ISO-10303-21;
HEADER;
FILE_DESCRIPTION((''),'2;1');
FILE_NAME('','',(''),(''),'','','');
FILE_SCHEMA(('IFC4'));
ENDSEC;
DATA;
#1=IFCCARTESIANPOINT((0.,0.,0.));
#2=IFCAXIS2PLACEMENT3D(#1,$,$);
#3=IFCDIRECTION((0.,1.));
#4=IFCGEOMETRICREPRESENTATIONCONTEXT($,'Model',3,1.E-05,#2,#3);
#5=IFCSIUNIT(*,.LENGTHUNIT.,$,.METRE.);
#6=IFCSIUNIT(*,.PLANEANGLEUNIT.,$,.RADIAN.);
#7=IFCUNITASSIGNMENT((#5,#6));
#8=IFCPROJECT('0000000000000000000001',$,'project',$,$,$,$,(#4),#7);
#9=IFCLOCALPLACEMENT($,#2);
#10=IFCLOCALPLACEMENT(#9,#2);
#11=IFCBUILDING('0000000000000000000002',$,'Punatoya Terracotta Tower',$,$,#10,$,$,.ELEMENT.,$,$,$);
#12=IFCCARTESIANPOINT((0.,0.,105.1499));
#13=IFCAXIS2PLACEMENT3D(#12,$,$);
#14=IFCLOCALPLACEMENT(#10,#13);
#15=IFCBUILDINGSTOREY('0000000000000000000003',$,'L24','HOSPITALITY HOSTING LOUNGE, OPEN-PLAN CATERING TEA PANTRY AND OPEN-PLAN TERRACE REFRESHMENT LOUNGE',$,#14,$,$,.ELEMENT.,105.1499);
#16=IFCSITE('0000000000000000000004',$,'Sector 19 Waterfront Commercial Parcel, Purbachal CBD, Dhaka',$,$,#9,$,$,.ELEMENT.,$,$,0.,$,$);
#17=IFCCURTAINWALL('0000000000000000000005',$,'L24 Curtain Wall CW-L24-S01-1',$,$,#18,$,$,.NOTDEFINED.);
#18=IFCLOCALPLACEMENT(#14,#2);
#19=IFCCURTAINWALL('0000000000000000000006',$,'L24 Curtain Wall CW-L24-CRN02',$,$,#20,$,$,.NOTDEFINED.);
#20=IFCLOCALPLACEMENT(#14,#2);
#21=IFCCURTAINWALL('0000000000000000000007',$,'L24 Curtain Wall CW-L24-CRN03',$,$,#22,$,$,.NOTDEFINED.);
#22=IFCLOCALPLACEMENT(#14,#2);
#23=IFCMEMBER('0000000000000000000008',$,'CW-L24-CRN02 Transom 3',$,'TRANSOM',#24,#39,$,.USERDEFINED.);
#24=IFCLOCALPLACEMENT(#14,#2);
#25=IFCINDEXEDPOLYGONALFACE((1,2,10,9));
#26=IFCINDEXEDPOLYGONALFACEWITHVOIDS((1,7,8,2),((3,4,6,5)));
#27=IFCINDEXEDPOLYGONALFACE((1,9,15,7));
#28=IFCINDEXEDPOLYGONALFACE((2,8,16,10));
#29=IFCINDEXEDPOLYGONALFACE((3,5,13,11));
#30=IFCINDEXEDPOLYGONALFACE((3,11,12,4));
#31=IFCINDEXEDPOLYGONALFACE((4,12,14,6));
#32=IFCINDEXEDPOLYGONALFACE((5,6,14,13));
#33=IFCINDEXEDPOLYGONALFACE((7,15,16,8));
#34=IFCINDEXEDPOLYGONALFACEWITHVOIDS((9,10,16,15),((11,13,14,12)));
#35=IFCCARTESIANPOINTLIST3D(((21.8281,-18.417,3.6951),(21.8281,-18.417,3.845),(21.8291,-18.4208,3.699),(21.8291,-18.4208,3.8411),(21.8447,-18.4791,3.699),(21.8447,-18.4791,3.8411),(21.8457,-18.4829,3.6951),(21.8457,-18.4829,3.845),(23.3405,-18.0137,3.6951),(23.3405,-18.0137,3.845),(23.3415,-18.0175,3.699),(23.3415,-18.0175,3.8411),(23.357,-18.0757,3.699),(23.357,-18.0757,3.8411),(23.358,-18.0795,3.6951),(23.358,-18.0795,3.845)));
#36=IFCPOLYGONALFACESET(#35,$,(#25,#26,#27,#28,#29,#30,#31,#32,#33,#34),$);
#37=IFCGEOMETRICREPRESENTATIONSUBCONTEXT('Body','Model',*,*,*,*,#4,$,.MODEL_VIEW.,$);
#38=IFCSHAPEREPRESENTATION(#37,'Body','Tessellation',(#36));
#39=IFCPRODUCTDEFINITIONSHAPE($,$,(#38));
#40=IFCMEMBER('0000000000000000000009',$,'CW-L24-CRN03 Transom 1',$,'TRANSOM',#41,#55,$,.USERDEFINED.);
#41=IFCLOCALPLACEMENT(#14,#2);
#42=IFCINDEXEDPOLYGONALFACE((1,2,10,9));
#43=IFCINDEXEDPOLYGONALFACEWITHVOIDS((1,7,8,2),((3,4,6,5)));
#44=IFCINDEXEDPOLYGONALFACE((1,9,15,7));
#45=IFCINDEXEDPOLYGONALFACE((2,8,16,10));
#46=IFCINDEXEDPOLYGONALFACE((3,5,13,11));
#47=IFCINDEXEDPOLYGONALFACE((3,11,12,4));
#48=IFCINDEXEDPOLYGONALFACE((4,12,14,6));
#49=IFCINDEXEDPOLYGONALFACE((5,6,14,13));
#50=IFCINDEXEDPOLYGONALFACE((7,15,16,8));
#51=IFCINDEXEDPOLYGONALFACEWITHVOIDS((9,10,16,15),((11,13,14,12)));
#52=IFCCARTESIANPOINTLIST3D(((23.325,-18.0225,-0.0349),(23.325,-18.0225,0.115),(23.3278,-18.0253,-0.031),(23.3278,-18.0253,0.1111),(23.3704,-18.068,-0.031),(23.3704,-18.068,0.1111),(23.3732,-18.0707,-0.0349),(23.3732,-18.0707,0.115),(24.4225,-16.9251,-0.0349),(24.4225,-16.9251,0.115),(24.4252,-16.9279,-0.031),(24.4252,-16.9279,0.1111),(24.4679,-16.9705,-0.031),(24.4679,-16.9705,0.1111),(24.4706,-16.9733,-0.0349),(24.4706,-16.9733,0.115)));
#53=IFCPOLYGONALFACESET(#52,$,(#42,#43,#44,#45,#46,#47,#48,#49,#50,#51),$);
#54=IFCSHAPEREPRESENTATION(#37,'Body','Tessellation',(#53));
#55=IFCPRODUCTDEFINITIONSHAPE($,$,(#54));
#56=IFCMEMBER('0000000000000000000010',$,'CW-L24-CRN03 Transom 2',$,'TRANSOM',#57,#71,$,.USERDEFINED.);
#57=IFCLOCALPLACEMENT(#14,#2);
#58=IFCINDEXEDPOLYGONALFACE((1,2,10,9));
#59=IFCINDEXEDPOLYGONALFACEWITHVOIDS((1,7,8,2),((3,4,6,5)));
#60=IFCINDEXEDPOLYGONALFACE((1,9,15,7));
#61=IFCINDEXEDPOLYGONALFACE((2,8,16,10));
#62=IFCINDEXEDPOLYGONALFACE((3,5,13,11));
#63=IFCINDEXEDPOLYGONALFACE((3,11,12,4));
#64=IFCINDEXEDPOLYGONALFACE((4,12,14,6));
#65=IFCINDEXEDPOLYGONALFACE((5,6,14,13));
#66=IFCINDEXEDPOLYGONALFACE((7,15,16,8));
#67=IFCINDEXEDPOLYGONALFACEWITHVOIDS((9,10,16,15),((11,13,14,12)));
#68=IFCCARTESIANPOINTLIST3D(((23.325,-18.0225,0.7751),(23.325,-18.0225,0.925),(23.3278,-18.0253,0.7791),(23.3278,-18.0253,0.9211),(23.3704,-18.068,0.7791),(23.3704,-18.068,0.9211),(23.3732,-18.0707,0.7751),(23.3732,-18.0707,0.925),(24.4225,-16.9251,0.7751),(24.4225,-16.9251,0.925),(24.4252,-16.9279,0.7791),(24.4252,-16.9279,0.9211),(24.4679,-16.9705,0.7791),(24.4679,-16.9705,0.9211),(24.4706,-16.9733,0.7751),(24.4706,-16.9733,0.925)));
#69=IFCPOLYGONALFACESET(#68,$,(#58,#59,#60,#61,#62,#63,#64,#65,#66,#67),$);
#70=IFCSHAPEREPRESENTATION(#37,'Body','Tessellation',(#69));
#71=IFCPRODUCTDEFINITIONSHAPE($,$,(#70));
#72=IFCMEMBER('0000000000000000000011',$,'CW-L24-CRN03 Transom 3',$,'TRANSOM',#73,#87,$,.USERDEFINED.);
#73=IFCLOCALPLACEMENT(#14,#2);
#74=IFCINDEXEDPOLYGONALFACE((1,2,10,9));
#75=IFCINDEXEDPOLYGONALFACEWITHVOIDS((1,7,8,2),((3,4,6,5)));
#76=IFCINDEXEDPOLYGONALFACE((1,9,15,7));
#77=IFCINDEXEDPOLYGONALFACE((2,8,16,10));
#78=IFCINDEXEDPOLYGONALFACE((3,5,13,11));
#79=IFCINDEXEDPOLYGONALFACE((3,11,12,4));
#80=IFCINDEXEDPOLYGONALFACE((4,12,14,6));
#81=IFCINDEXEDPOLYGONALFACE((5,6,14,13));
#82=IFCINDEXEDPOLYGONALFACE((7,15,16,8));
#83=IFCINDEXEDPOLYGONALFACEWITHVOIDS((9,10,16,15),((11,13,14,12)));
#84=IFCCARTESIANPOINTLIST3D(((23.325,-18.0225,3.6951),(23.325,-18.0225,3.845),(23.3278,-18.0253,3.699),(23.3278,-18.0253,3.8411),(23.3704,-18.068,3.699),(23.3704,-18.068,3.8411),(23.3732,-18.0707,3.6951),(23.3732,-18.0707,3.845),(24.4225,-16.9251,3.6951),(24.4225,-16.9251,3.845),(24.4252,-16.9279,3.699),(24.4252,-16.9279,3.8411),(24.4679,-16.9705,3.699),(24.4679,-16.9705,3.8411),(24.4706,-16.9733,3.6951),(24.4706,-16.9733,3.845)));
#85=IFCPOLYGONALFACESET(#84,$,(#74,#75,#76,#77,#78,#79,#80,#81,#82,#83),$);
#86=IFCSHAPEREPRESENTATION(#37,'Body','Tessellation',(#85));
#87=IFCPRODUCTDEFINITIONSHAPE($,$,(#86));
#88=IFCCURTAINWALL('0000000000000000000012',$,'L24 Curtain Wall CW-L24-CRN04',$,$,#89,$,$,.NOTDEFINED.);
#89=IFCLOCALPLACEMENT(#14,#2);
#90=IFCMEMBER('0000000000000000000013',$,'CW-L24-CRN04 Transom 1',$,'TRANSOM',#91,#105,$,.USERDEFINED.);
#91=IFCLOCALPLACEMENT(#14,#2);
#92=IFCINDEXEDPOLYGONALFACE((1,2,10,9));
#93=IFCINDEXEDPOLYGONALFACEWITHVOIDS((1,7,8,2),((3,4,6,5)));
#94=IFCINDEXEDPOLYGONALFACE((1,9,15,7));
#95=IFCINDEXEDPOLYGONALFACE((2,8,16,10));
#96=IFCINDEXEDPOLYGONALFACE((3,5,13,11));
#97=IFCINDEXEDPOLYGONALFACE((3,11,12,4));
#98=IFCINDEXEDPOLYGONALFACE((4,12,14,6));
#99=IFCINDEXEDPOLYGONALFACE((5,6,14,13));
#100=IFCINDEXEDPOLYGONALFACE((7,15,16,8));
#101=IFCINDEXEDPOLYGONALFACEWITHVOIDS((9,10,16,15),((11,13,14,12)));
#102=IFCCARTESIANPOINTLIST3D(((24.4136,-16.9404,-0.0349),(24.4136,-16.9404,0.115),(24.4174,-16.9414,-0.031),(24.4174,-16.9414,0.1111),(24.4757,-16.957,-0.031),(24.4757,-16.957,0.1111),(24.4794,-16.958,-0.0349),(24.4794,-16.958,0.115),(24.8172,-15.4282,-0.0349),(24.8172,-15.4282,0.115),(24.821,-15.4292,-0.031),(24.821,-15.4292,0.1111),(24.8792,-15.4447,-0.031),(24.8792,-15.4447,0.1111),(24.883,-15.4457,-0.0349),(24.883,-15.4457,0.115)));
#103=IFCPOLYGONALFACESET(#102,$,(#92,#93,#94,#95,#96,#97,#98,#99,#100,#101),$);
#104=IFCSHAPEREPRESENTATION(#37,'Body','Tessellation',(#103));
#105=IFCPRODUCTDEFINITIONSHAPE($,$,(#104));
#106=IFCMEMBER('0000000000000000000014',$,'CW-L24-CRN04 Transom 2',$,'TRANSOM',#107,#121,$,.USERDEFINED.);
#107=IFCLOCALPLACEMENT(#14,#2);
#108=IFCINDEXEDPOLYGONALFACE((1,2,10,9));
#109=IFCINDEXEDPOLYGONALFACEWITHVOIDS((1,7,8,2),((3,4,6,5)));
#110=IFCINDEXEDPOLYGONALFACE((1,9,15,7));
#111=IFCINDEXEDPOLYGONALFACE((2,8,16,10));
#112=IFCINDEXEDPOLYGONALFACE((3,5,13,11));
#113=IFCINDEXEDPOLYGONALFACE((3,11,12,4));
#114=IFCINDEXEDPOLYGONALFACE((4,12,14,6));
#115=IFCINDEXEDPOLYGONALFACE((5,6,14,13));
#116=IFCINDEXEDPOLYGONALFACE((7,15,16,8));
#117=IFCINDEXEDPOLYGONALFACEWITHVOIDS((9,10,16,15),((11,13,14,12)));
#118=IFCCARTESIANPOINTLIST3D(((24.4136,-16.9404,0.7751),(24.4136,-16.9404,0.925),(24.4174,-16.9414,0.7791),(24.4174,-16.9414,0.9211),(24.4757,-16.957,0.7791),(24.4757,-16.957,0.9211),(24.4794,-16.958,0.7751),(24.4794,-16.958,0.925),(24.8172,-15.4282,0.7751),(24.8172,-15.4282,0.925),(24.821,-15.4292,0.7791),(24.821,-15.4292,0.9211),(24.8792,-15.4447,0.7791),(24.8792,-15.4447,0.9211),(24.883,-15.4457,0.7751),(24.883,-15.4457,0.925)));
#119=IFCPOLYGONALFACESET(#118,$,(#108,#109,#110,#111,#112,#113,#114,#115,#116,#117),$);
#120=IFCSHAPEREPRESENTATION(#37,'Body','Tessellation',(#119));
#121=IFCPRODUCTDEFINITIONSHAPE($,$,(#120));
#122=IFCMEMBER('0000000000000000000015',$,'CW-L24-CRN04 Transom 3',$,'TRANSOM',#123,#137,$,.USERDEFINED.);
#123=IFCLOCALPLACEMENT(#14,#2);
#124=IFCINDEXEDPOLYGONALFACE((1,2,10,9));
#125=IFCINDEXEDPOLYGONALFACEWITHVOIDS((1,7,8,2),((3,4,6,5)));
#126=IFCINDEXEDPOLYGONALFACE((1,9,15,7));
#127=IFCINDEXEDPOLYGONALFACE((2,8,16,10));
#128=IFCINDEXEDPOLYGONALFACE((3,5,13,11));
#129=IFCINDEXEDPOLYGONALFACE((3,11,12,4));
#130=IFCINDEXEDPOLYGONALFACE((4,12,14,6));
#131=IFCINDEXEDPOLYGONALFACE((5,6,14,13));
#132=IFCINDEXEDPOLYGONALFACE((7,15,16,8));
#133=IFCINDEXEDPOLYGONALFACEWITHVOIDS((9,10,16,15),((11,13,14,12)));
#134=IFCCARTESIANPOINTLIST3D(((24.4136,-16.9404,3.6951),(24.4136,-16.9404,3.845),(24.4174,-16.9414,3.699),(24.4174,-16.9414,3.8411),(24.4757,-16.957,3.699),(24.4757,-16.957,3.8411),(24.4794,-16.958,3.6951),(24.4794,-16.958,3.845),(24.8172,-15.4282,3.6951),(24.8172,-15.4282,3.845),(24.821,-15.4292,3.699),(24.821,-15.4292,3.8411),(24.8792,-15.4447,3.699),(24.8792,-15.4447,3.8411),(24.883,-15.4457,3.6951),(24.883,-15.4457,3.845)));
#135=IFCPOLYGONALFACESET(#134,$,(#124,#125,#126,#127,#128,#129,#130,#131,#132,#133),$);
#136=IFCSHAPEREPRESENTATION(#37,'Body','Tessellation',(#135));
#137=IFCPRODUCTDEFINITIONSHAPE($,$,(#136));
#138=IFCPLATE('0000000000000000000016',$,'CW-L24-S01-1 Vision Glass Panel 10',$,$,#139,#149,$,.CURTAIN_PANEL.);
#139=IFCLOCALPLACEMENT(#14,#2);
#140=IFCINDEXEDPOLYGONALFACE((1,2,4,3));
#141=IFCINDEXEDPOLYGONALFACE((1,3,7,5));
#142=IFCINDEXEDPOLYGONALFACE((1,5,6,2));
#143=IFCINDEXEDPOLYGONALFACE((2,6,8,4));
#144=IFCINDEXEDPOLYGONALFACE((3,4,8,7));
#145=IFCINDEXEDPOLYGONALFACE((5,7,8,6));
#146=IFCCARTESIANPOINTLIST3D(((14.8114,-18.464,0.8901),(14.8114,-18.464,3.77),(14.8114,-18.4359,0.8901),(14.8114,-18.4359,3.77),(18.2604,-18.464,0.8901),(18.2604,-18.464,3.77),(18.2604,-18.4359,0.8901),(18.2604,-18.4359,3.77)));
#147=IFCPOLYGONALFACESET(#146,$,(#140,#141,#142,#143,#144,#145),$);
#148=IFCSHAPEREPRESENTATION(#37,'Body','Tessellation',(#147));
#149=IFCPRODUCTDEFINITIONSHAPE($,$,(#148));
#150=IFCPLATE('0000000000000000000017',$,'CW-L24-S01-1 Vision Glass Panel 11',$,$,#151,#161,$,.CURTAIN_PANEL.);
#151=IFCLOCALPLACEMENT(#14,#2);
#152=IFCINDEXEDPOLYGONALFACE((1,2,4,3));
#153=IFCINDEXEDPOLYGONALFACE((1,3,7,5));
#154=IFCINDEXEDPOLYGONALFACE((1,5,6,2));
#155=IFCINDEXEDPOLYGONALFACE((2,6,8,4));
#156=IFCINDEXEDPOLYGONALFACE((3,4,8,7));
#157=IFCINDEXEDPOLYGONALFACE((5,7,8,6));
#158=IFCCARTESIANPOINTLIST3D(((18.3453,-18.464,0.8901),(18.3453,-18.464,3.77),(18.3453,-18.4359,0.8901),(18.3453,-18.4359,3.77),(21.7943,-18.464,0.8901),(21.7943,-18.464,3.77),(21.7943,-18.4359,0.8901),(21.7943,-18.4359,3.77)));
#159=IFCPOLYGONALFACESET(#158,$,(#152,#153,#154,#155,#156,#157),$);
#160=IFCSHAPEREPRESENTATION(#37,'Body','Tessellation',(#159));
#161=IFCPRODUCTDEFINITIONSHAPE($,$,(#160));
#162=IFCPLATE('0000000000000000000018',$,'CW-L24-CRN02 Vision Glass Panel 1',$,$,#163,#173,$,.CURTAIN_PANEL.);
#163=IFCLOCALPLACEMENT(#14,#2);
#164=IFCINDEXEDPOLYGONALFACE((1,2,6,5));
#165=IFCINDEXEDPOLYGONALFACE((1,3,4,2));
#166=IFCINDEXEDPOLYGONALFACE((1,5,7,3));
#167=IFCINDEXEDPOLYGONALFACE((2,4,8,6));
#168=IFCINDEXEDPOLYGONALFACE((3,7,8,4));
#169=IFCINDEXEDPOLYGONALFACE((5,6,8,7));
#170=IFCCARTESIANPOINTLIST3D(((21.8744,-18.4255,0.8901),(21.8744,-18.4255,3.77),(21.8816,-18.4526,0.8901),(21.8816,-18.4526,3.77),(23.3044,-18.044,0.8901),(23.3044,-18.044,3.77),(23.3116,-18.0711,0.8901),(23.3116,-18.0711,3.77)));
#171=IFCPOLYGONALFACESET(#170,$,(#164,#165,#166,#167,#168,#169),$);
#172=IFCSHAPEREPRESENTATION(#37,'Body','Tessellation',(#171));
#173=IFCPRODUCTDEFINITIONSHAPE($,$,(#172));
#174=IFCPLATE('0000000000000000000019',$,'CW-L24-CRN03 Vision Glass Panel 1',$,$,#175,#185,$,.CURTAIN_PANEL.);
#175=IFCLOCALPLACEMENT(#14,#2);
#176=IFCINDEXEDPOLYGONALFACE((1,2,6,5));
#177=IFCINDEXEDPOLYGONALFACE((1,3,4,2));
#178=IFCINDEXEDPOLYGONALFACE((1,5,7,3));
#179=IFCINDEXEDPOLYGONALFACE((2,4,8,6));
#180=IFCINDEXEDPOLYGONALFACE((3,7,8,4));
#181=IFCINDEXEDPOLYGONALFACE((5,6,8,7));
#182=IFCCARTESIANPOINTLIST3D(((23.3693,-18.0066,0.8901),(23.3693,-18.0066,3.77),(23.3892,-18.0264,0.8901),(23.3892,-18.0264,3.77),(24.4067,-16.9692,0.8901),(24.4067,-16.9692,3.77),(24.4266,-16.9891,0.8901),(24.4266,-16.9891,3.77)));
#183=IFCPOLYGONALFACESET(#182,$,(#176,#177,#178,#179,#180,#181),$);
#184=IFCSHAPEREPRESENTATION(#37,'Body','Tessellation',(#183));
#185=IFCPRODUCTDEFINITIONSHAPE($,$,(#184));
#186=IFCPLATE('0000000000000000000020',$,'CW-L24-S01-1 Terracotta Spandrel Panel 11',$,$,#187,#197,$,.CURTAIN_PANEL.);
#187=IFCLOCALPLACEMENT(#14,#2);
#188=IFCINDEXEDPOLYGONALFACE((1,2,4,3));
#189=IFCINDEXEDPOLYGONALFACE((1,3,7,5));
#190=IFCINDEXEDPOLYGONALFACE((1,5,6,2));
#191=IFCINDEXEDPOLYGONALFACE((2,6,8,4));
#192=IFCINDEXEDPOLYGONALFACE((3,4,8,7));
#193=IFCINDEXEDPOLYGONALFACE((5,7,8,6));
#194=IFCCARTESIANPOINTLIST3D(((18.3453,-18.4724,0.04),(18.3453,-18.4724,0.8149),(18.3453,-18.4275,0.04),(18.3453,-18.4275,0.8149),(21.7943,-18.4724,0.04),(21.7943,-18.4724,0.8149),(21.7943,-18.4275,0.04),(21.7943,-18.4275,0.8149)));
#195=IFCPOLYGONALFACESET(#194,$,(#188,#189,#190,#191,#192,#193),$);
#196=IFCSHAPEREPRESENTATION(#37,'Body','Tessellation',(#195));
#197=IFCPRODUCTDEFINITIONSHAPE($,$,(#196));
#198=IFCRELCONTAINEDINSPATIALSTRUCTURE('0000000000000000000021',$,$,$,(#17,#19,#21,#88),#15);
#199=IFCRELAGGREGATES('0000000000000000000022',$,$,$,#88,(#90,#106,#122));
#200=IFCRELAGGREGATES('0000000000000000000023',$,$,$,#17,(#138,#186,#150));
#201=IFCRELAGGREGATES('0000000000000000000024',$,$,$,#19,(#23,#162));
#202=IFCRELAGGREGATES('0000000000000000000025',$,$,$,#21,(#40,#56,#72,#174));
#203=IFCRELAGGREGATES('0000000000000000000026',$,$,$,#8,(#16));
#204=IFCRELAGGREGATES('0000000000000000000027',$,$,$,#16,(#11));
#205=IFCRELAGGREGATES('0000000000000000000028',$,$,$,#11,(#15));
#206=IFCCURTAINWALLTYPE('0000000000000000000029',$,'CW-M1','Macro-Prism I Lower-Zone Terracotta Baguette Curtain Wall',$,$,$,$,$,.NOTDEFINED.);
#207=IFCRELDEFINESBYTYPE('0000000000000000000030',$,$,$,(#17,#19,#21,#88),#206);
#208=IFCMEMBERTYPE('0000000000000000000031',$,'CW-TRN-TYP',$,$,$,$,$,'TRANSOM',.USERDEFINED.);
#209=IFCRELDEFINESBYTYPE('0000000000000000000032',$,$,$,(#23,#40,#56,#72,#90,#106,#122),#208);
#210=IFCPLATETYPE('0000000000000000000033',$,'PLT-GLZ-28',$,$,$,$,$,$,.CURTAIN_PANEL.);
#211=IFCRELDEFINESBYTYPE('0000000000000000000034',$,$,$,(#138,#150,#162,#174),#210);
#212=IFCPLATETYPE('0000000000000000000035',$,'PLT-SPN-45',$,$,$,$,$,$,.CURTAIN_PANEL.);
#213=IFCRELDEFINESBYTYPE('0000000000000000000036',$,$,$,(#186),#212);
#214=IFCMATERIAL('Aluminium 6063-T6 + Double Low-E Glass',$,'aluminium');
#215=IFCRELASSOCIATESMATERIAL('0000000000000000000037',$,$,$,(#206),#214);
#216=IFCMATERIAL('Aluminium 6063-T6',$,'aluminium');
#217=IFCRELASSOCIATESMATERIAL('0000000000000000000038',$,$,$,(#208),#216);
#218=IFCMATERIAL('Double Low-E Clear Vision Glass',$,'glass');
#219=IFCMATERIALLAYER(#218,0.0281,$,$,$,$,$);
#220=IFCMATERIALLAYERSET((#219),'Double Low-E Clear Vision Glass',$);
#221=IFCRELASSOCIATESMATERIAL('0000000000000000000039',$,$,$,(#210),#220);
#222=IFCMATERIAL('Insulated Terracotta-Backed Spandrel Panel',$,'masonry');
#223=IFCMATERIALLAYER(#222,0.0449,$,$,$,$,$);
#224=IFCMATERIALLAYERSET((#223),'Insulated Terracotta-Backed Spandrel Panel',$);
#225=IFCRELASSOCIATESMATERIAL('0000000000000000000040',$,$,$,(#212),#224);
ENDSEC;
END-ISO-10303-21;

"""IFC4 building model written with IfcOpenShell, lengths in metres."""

from ifc_helpers import new_model, si_unit, direction, frame, origin, origin_2d, place, context, subcontext, project, spatial, rectangle, hollow_rectangle, extrude, material, layer, layer_set, material_profile, profile_set, type_object, element, aggregate, save


model = new_model("IFC4")

# Units and contexts
model_context = context("Model", 3, precision=1e-05, world=origin(), true_north=direction((0.0, 1.0)))
body_context = subcontext(model_context, "Body", "Model", "MODEL_VIEW")
ifc_project = project(units=[si_unit("LENGTHUNIT", "METRE"), si_unit("PLANEANGLEUNIT", "RADIAN")], contexts=[model_context])

# Site, building, storey
site_placement = place(None, origin())
site = spatial("IfcSite", under=ifc_project, at=site_placement, Name="Sector 19 Waterfront Commercial Parcel, Purbachal CBD, Dhaka", CompositionType="ELEMENT", RefElevation=0.0)
building_placement = place(site_placement, origin())
building = spatial("IfcBuilding", under=site, at=building_placement, Name="Punatoya Terracotta Tower", CompositionType="ELEMENT")
storey_placement = place(building_placement, frame((0.0, 0.0, 105.1499)))
storey = spatial("IfcBuildingStorey", under=building, at=storey_placement, Name="L24", Description="HOSPITALITY HOSTING LOUNGE, OPEN-PLAN CATERING TEA PANTRY AND OPEN-PLAN TERRACE REFRESHMENT LOUNGE", CompositionType="ELEMENT", Elevation=105.1499)

# Curtain walls
ifc_material_1 = material(Name="Aluminium 6063-T6 + Double Low-E Glass", Category="aluminium")
curtain_wall_type = type_object("IfcCurtainWallType", Name="CW-M1", Description="Macro-Prism I Lower-Zone Terracotta Baguette Curtain Wall", PredefinedType="NOTDEFINED", material=ifc_material_1)
curtain_wall_1_placement = place(storey_placement, origin())
curtain_wall_1 = element("IfcCurtainWall", 1, at=curtain_wall_1_placement, inside=storey, type_object=curtain_wall_type, Name="L24 Curtain Wall CW-L24-S01-1", PredefinedType="NOTDEFINED")
ifc_material_2 = material(Name="Aluminium 6063-T6", Category="aluminium")
curtain_wall_2_placement = place(storey_placement, origin())
curtain_wall_2 = element("IfcCurtainWall", 2, at=curtain_wall_2_placement, inside=storey, type_object=curtain_wall_type, Name="L24 Curtain Wall CW-L24-CRN02", PredefinedType="NOTDEFINED")
curtain_wall_3_placement = place(storey_placement, origin())
curtain_wall_3 = element("IfcCurtainWall", 3, at=curtain_wall_3_placement, inside=storey, type_object=curtain_wall_type, Name="L24 Curtain Wall CW-L24-CRN03", PredefinedType="NOTDEFINED")

# Members
ifc_material_profile_1 = material_profile(ifc_material_2, hollow_rectangle(XDim=0.0681, YDim=0.1499, WallThickness=0.0039, at=origin_2d()))
ifc_profile_set_1 = profile_set([ifc_material_profile_1], Name="Aluminium 6063-T6")
member_type_1 = type_object("IfcMemberType", Name="CW-TRN-TYP", ElementType="TRANSOM", PredefinedType="USERDEFINED", material=ifc_profile_set_1)
member_1_placement = place(storey_placement, frame((21.8369, -18.45, 3.77), z_axis=(0.966225, 0.257701, 0.0), x_axis=(-0.257701, 0.966225, 0.0)))
member_1 = element("IfcMember", 4, at=member_1_placement, type_object=member_type_1, Name="CW-L24-CRN02 Transom 3", ObjectType="TRANSOM", PredefinedType="USERDEFINED", context=body_context, shape_type="SweptSolid", body=[
    extrude(hollow_rectangle(XDim=0.0681, YDim=0.1499, WallThickness=0.0039, at=origin_2d()), origin(), (0.0, 0.0, 1.0), 1.5652),
])
member_2_placement = place(storey_placement, frame((23.3491, -18.0466, 0.04), z_axis=(0.707107, 0.707107, 0.0), x_axis=(-0.707107, 0.707107, 0.0)))
member_2 = element("IfcMember", 5, at=member_2_placement, type_object=member_type_1, Name="CW-L24-CRN03 Transom 1", ObjectType="TRANSOM", PredefinedType="USERDEFINED", context=body_context, shape_type="SweptSolid", body=[
    extrude(hollow_rectangle(XDim=0.0681, YDim=0.1499, WallThickness=0.0039, at=origin_2d()), origin(), (0.0, 0.0, 1.0), 1.552),
])
member_3_placement = place(storey_placement, frame((23.3491, -18.0466, 0.8501), z_axis=(0.707107, 0.707107, 0.0), x_axis=(-0.707107, 0.707107, 0.0)))
member_3 = element("IfcMember", 6, at=member_3_placement, type_object=member_type_1, Name="CW-L24-CRN03 Transom 2", ObjectType="TRANSOM", PredefinedType="USERDEFINED", context=body_context, shape_type="SweptSolid", body=[
    extrude(hollow_rectangle(XDim=0.0681, YDim=0.1499, WallThickness=0.0039, at=origin_2d()), origin(), (0.0, 0.0, 1.0), 1.552),
])
member_4_placement = place(storey_placement, frame((23.3491, -18.0466, 3.77), z_axis=(0.707107, 0.707107, 0.0), x_axis=(-0.707107, 0.707107, 0.0)))
member_4 = element("IfcMember", 7, at=member_4_placement, type_object=member_type_1, Name="CW-L24-CRN03 Transom 3", ObjectType="TRANSOM", PredefinedType="USERDEFINED", context=body_context, shape_type="SweptSolid", body=[
    extrude(hollow_rectangle(XDim=0.0681, YDim=0.1499, WallThickness=0.0039, at=origin_2d()), origin(), (0.0, 0.0, 1.0), 1.552),
])

# Curtain wall, members
curtain_wall_4_placement = place(storey_placement, origin())
curtain_wall_4 = element("IfcCurtainWall", 8, at=curtain_wall_4_placement, inside=storey, type_object=curtain_wall_type, Name="L24 Curtain Wall CW-L24-CRN04", PredefinedType="NOTDEFINED")
member_5_placement = place(storey_placement, frame((24.4465, -16.9492, 0.04), z_axis=(0.257847, 0.966186, 0.0), x_axis=(-0.966186, 0.257847, 0.0)))
member_5 = element("IfcMember", 9, at=member_5_placement, type_object=member_type_1, Name="CW-L24-CRN04 Transom 1", ObjectType="TRANSOM", PredefinedType="USERDEFINED", context=body_context, shape_type="SweptSolid", body=[
    extrude(hollow_rectangle(XDim=0.0681, YDim=0.1499, WallThickness=0.0039, at=origin_2d()), origin(), (0.0, 0.0, 1.0), 1.5652),
])
member_6_placement = place(storey_placement, frame((24.4465, -16.9492, 0.8501), z_axis=(0.257847, 0.966186, 0.0), x_axis=(-0.966186, 0.257847, 0.0)))
member_6 = element("IfcMember", 10, at=member_6_placement, type_object=member_type_1, Name="CW-L24-CRN04 Transom 2", ObjectType="TRANSOM", PredefinedType="USERDEFINED", context=body_context, shape_type="SweptSolid", body=[
    extrude(hollow_rectangle(XDim=0.0681, YDim=0.1499, WallThickness=0.0039, at=origin_2d()), origin(), (0.0, 0.0, 1.0), 1.5652),
])
member_7_placement = place(storey_placement, frame((24.4465, -16.9492, 3.77), z_axis=(0.257847, 0.966186, 0.0), x_axis=(-0.966186, 0.257847, 0.0)))
member_7 = element("IfcMember", 11, at=member_7_placement, type_object=member_type_1, Name="CW-L24-CRN04 Transom 3", ObjectType="TRANSOM", PredefinedType="USERDEFINED", context=body_context, shape_type="SweptSolid", body=[
    extrude(hollow_rectangle(XDim=0.0681, YDim=0.1499, WallThickness=0.0039, at=origin_2d()), origin(), (0.0, 0.0, 1.0), 1.5652),
])
aggregate(curtain_wall_4, [member_5, member_6, member_7])

# Plates
ifc_material_3 = material(Name="Double Low-E Clear Vision Glass", Category="glass")
ifc_layer_1 = layer(ifc_material_3, 0.0281)
ifc_layer_set_1 = layer_set([ifc_layer_1], Name="Double Low-E Clear Vision Glass")
plate_type_1 = type_object("IfcPlateType", Name="PLT-GLZ-28", PredefinedType="CURTAIN_PANEL", material=ifc_layer_set_1)
plate_1_placement = place(storey_placement, frame((16.5359, -18.45, 0.8901), z_axis=(0.0, 0.0, 1.0), x_axis=(1.0, 0.0, 0.0)))
plate_1 = element("IfcPlate", 12, at=plate_1_placement, type_object=plate_type_1, Name="CW-L24-S01-1 Vision Glass Panel 10", PredefinedType="CURTAIN_PANEL", context=body_context, shape_type="SweptSolid", body=[
    extrude(rectangle(XDim=3.449, YDim=0.0281, at=origin_2d()), origin(), (0.0, 0.0, 1.0), 2.8799),
])
plate_2_placement = place(storey_placement, frame((20.0698, -18.45, 0.8901), z_axis=(0.0, 0.0, 1.0), x_axis=(1.0, 0.0, 0.0)))
plate_2 = element("IfcPlate", 13, at=plate_2_placement, type_object=plate_type_1, Name="CW-L24-S01-1 Vision Glass Panel 11", PredefinedType="CURTAIN_PANEL", context=body_context, shape_type="SweptSolid", body=[
    extrude(rectangle(XDim=3.449, YDim=0.0281, at=origin_2d()), origin(), (0.0, 0.0, 1.0), 2.8799),
])
plate_3_placement = place(storey_placement, frame((22.593, -18.2483, 0.8901), z_axis=(0.0, 0.0, 1.0), x_axis=(0.966214, 0.257742, 0.0)))
plate_3 = element("IfcPlate", 14, at=plate_3_placement, type_object=plate_type_1, Name="CW-L24-CRN02 Vision Glass Panel 1", PredefinedType="CURTAIN_PANEL", context=body_context, shape_type="SweptSolid", body=[
    extrude(rectangle(XDim=1.48, YDim=0.0281, at=origin_2d()), origin(), (0.0, 0.0, 1.0), 2.8799),
])
plate_4_placement = place(storey_placement, frame((23.8979, -17.4978, 0.8901), z_axis=(0.0, 0.0, 1.0), x_axis=(0.707107, 0.707107, 0.0)))
plate_4 = element("IfcPlate", 15, at=plate_4_placement, type_object=plate_type_1, Name="CW-L24-CRN03 Vision Glass Panel 1", PredefinedType="CURTAIN_PANEL", context=body_context, shape_type="SweptSolid", body=[
    extrude(rectangle(XDim=1.467, YDim=0.0281, at=origin_2d()), origin(), (0.0, 0.0, 1.0), 2.8799),
])
ifc_material_4 = material(Name="Insulated Terracotta-Backed Spandrel Panel", Category="masonry")
ifc_layer_2 = layer(ifc_material_4, 0.0449)
ifc_layer_set_2 = layer_set([ifc_layer_2], Name="Insulated Terracotta-Backed Spandrel Panel")
plate_type_2 = type_object("IfcPlateType", Name="PLT-SPN-45", PredefinedType="CURTAIN_PANEL", material=ifc_layer_set_2)
plate_5_placement = place(storey_placement, frame((20.0698, -18.45, 0.04), z_axis=(0.0, 0.0, 1.0), x_axis=(1.0, 0.0, 0.0)))
plate_5 = element("IfcPlate", 16, at=plate_5_placement, type_object=plate_type_2, Name="CW-L24-S01-1 Terracotta Spandrel Panel 11", PredefinedType="CURTAIN_PANEL", context=body_context, shape_type="SweptSolid", body=[
    extrude(rectangle(XDim=3.449, YDim=0.0449, at=origin_2d()), origin(), (0.0, 0.0, 1.0), 0.7749),
])
aggregate(curtain_wall_1, [plate_1, plate_5, plate_2])
aggregate(curtain_wall_2, [member_1, plate_3])
aggregate(curtain_wall_3, [member_2, member_3, member_4, plate_4])

save(model, "model.ifc")
